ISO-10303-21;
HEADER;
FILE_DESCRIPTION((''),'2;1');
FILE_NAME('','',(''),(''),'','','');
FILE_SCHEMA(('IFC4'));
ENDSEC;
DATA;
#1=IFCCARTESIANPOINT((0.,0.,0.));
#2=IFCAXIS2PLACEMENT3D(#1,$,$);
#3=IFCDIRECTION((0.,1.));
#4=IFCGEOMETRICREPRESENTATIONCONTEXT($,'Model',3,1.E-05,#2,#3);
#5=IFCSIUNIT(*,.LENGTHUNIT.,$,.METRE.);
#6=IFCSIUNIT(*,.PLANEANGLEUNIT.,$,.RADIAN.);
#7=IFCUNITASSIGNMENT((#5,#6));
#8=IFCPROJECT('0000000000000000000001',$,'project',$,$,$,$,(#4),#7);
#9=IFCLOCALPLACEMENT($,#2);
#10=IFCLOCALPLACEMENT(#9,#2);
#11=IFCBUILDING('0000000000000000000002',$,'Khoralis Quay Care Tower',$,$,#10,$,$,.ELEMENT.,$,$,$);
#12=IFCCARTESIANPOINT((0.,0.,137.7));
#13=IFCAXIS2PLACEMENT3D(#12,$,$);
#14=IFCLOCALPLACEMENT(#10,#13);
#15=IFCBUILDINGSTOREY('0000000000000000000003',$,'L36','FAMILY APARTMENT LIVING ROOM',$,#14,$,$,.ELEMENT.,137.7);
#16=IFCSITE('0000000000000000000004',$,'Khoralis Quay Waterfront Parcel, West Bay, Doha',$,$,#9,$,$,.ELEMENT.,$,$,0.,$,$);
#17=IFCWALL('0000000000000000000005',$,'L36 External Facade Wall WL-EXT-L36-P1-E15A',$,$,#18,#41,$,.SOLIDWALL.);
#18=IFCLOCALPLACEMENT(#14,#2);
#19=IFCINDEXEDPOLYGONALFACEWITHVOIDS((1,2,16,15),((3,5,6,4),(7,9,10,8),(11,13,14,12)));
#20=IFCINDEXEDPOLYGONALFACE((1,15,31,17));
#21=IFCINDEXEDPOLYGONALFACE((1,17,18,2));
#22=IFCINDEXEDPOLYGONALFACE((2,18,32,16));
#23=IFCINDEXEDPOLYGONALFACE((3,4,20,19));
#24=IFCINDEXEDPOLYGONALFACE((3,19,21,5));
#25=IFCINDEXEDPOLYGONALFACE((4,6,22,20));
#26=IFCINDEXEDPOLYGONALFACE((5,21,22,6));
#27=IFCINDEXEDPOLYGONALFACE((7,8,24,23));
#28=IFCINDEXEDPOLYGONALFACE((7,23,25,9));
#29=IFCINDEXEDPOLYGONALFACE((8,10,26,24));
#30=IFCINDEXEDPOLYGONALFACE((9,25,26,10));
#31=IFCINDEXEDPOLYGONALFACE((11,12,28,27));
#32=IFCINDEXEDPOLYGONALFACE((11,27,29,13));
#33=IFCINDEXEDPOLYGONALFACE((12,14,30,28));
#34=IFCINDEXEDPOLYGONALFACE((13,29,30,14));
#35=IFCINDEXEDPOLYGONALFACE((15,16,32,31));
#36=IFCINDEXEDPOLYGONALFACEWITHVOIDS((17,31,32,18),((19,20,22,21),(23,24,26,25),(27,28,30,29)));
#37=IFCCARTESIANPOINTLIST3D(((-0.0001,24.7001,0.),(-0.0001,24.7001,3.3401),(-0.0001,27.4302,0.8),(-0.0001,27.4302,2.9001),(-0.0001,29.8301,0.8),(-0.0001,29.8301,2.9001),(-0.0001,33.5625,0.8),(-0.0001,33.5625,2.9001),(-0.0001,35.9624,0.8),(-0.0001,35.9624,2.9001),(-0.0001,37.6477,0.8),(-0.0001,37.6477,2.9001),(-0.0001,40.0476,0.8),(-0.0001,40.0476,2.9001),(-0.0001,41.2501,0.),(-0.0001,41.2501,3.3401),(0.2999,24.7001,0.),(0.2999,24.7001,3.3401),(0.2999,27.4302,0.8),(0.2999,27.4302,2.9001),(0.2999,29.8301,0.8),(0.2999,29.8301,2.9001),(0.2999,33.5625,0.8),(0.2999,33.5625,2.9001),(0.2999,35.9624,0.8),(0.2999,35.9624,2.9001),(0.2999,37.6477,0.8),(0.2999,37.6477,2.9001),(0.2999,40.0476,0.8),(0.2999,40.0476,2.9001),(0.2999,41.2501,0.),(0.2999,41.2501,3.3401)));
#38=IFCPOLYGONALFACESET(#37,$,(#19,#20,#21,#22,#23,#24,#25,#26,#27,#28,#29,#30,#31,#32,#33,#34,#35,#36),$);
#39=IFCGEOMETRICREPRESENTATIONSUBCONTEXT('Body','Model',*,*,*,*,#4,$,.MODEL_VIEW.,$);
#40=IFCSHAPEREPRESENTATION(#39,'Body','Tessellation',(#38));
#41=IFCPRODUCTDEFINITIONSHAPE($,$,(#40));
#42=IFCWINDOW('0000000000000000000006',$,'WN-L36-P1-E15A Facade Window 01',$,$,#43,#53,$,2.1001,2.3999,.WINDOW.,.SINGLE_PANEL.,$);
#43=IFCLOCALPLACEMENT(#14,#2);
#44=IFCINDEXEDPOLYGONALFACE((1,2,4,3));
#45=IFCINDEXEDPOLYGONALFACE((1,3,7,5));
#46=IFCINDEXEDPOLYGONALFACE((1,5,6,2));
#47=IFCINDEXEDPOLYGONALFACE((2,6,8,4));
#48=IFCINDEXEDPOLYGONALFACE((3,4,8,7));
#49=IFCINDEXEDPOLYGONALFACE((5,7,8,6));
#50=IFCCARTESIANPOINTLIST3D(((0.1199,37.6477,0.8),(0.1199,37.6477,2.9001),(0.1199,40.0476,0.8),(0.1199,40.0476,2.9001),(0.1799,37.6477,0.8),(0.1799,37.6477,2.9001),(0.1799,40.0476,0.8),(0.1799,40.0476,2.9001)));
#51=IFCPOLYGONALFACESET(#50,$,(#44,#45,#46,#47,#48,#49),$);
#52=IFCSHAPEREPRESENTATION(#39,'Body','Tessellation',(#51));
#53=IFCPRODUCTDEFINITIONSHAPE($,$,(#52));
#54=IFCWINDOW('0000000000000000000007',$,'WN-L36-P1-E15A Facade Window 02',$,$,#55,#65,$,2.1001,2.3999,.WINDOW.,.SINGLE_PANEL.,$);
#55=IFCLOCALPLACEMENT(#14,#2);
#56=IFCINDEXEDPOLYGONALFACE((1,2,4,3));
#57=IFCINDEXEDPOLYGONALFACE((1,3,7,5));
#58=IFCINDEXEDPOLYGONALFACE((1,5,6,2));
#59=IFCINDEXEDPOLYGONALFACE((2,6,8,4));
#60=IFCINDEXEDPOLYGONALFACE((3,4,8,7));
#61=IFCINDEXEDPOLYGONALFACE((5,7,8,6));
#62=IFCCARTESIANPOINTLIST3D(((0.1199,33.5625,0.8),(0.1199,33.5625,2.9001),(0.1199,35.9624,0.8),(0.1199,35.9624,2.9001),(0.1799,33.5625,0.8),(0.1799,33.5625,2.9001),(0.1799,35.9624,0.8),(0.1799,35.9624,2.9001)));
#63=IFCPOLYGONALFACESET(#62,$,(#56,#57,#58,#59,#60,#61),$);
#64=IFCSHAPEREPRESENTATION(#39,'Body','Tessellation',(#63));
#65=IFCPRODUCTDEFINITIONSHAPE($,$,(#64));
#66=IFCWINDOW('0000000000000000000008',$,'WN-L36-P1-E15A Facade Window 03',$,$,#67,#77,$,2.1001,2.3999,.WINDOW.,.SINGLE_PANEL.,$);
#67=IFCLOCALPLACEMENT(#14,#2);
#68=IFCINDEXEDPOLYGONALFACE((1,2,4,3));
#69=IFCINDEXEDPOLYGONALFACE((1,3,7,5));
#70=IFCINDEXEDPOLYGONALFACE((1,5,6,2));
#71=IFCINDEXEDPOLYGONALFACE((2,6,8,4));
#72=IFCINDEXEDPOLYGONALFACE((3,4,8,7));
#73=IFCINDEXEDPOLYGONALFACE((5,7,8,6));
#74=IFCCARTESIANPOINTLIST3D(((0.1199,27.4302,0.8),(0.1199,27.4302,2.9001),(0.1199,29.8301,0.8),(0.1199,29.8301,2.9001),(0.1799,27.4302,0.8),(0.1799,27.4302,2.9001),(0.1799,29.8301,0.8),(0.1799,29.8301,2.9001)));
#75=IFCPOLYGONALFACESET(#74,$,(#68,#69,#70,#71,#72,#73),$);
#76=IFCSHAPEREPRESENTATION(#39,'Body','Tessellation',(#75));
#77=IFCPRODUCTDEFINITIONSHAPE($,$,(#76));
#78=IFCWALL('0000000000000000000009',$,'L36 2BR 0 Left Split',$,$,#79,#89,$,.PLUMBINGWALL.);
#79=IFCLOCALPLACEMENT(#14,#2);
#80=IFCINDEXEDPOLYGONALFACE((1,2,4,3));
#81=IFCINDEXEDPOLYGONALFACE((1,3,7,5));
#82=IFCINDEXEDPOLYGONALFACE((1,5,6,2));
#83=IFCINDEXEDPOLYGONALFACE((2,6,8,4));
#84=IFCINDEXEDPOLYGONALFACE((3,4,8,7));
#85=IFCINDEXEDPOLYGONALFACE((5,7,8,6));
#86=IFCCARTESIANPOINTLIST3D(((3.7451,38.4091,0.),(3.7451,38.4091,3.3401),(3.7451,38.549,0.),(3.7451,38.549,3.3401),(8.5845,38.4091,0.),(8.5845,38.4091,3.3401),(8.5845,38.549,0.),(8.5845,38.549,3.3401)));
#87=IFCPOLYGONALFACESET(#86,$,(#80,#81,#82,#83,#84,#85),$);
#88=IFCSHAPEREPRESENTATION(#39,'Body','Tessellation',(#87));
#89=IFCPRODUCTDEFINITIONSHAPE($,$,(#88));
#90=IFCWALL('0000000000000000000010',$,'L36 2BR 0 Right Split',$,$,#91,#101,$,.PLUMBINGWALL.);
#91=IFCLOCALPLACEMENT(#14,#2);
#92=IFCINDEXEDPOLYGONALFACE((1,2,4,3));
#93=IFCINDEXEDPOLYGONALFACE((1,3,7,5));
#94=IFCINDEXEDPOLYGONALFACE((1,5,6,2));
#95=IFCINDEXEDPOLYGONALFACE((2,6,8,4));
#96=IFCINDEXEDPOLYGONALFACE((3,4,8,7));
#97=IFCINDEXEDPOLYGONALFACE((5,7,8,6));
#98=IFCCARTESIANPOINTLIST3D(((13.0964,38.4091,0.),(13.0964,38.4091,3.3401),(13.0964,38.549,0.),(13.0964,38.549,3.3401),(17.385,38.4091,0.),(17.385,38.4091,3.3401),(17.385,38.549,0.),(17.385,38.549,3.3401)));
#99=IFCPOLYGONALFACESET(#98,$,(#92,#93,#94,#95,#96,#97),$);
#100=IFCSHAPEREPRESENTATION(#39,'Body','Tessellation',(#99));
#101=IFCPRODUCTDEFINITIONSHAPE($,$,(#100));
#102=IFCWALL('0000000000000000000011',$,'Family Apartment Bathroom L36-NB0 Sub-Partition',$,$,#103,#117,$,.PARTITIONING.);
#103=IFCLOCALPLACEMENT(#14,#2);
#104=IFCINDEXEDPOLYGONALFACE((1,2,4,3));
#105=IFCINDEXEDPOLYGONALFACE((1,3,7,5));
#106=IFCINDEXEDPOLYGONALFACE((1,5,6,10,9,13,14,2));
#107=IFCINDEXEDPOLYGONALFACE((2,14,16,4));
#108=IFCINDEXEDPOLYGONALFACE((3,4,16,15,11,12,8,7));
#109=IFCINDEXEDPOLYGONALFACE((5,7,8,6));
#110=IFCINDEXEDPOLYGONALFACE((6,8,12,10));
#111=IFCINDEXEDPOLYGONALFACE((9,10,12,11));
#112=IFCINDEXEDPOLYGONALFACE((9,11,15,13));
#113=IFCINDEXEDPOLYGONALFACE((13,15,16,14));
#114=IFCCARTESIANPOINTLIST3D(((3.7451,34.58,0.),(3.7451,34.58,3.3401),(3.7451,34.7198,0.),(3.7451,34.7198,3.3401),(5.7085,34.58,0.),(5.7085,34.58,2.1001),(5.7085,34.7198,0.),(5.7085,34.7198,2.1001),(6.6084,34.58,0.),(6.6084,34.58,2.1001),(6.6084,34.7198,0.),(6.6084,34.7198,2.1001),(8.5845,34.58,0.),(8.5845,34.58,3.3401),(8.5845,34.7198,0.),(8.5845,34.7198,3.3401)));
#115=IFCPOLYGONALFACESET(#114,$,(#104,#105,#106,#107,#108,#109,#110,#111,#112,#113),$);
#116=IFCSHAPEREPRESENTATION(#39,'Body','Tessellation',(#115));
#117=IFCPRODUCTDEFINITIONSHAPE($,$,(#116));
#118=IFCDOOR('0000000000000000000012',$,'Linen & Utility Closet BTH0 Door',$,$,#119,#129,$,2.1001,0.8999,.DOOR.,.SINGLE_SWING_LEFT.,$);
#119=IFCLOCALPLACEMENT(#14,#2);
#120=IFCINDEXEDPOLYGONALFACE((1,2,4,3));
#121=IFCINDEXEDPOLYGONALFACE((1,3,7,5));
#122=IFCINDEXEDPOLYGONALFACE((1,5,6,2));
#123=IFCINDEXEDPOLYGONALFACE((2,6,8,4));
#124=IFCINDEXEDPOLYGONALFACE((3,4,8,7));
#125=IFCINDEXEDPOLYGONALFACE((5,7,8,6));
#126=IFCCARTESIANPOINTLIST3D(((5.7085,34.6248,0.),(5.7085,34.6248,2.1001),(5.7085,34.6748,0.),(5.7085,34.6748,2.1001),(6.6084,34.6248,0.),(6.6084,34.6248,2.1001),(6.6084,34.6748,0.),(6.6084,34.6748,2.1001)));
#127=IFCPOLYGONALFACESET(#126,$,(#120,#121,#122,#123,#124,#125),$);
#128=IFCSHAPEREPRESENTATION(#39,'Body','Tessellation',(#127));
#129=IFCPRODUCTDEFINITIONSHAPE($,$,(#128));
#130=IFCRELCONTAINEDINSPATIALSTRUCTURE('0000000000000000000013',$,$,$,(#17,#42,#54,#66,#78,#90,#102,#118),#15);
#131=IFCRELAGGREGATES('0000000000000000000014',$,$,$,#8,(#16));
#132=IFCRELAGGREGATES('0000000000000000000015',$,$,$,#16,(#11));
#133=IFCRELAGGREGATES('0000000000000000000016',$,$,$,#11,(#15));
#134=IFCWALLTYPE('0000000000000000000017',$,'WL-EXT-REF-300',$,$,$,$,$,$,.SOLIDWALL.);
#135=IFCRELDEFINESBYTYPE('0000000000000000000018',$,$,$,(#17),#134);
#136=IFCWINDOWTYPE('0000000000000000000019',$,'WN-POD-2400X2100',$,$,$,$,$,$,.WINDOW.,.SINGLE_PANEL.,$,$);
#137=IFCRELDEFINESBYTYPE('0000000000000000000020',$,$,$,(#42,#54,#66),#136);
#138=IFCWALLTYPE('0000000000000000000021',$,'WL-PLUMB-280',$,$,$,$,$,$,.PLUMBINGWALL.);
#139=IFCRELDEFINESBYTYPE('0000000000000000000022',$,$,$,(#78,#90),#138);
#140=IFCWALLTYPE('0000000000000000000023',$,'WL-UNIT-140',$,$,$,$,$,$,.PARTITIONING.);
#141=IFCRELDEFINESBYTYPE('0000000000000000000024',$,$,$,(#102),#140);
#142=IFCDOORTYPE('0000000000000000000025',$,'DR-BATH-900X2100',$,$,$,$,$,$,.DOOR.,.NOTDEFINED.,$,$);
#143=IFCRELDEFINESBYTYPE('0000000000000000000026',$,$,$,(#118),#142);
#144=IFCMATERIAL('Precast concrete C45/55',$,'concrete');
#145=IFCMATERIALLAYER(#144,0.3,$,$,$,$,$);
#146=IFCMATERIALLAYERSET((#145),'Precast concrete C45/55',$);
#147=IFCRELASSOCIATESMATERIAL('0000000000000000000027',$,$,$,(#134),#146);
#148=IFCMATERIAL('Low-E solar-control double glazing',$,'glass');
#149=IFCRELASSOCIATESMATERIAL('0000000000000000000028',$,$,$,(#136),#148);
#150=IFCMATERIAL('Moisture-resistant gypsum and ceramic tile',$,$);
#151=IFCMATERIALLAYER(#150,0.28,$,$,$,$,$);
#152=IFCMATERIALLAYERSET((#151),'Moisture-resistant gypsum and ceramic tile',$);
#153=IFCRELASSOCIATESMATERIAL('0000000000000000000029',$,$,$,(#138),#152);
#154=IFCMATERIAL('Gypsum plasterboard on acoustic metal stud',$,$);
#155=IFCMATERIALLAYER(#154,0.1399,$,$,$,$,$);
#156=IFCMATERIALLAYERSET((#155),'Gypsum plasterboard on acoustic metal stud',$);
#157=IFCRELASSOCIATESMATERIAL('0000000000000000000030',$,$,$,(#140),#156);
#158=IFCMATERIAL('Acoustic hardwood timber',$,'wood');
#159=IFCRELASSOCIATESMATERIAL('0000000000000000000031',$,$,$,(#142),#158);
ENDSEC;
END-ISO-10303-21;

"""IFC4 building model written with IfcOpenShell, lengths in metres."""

from ifc_helpers import new_model, si_unit, direction, frame, frame_2d, origin, place, context, subcontext, project, spatial, rectangle, extrude, source, transform, mapped, material, layer, layer_set, type_object, element, fill, save


model = new_model("IFC4")

# Units and contexts
model_context = context("Model", 3, precision=1e-05, world=origin(), true_north=direction((0.0, 1.0)))
body_context = subcontext(model_context, "Body", "Model", "MODEL_VIEW")
ifc_project = project(units=[si_unit("LENGTHUNIT", "METRE"), si_unit("PLANEANGLEUNIT", "RADIAN")], contexts=[model_context])

# Site, building, storey
site_placement = place(None, origin())
site = spatial("IfcSite", under=ifc_project, at=site_placement, Name="Khoralis Quay Waterfront Parcel, West Bay, Doha", CompositionType="ELEMENT", RefElevation=0.0)
building_placement = place(site_placement, origin())
building = spatial("IfcBuilding", under=site, at=building_placement, Name="Khoralis Quay Care Tower", CompositionType="ELEMENT")
storey_placement = place(building_placement, frame((0.0, 0.0, 137.7)))
storey = spatial("IfcBuildingStorey", under=building, at=storey_placement, Name="L36", Description="FAMILY APARTMENT LIVING ROOM", CompositionType="ELEMENT", Elevation=137.7)

# Shared definitions
ifc_material_1 = material(Name="Precast concrete C45/55", Category="concrete")
ifc_layer_1 = layer(ifc_material_1, 0.3)
ifc_layer_set_1 = layer_set([ifc_layer_1], Name="Precast concrete C45/55")
wall_type_1 = type_object("IfcWallType", Name="WL-EXT-REF-300", PredefinedType="SOLIDWALL", material=ifc_layer_set_1)

# Wall, openings, windows
wall_1_placement = place(storey_placement, frame((0.1499, 41.25, 0.0), z_axis=(0.0, 0.0, 1.0), x_axis=(0.0, -1.0, 0.0)))
wall_1 = element("IfcWall", 1, at=wall_1_placement, inside=storey, type_object=wall_type_1, Name="L36 External Facade Wall WL-EXT-L36-P1-E15A", PredefinedType="SOLIDWALL", context=body_context, shape_type="SweptSolid", body=[
    extrude(rectangle(XDim=16.55, YDim=0.3, at=frame_2d((8.2749, 0.0))), origin(), (0.0, 0.0, 1.0), 3.3401),
])
opening_1_placement = place(wall_1_placement, frame((1.2024, 0.0, 0.8)))
opening_1 = element("IfcOpeningElement", 2, at=opening_1_placement, cuts=wall_1, PredefinedType="OPENING", context=body_context, shape_type="SweptSolid", body=[
    extrude(rectangle(XDim=2.3999, YDim=2.1001, at=frame_2d((1.2, 1.05))), frame((0.0, 0.1602, 0.0), z_axis=(0.0, -1.0, 0.0), x_axis=(1.0, 0.0, 0.0)), (0.0, 0.0, 1.0), 0.3201),
])
opening_2_placement = place(wall_1_placement, frame((5.2876, 0.0, 0.8)))
opening_2 = element("IfcOpeningElement", 3, at=opening_2_placement, cuts=wall_1, PredefinedType="OPENING", context=body_context, shape_type="SweptSolid", body=[
    extrude(rectangle(XDim=2.3999, YDim=2.1001, at=frame_2d((1.2, 1.05))), frame((0.0, 0.1602, 0.0), z_axis=(0.0, -1.0, 0.0), x_axis=(1.0, 0.0, 0.0)), (0.0, 0.0, 1.0), 0.3201),
])
opening_3_placement = place(wall_1_placement, frame((11.4199, 0.0, 0.8)))
opening_3 = element("IfcOpeningElement", 4, at=opening_3_placement, cuts=wall_1, PredefinedType="OPENING", context=body_context, shape_type="SweptSolid", body=[
    extrude(rectangle(XDim=2.3999, YDim=2.1001, at=frame_2d((1.2, 1.05))), frame((0.0, 0.1602, 0.0), z_axis=(0.0, -1.0, 0.0), x_axis=(1.0, 0.0, 0.0)), (0.0, 0.0, 1.0), 0.3201),
])
ifc_material_2 = material(Name="Low-E solar-control double glazing", Category="glass")
window_type = type_object("IfcWindowType", Name="WN-POD-2400X2100", PartitioningType="SINGLE_PANEL", PredefinedType="WINDOW", material=ifc_material_2)
shared_shape_1 = source(origin(), body_context, "Body", "SweptSolid", [
    extrude(rectangle(XDim=2.3999, YDim=2.1001, at=frame_2d((1.2, 1.05))), frame((0.0, 0.03, 0.0), z_axis=(0.0, -1.0, 0.0), x_axis=(1.0, 0.0, 0.0)), (0.0, 0.0, 1.0), 0.0601),
])
window_1_placement = place(opening_1_placement, origin())
window_1 = element("IfcWindow", 5, at=window_1_placement, inside=storey, type_object=window_type, Name="WN-L36-P1-E15A Facade Window 01", OverallHeight=2.1001, OverallWidth=2.3999, PartitioningType="SINGLE_PANEL", PredefinedType="WINDOW", context=body_context, shape_type="MappedRepresentation", body=[
    mapped(shared_shape_1, transform((0.0, 0.0, 0.0), scale=1.0)),
])
fill(opening_1, window_1)
window_2_placement = place(opening_2_placement, origin())
window_2 = element("IfcWindow", 6, at=window_2_placement, inside=storey, type_object=window_type, Name="WN-L36-P1-E15A Facade Window 02", OverallHeight=2.1001, OverallWidth=2.3999, PartitioningType="SINGLE_PANEL", PredefinedType="WINDOW", context=body_context, shape_type="MappedRepresentation", body=[
    mapped(shared_shape_1, transform((0.0, 0.0, 0.0), scale=1.0)),
])
fill(opening_2, window_2)
window_3_placement = place(opening_3_placement, origin())
window_3 = element("IfcWindow", 7, at=window_3_placement, inside=storey, type_object=window_type, Name="WN-L36-P1-E15A Facade Window 03", OverallHeight=2.1001, OverallWidth=2.3999, PartitioningType="SINGLE_PANEL", PredefinedType="WINDOW", context=body_context, shape_type="MappedRepresentation", body=[
    mapped(shared_shape_1, transform((0.0, 0.0, 0.0), scale=1.0)),
])
fill(opening_3, window_3)

# Walls
ifc_material_3 = material(Name="Moisture-resistant gypsum and ceramic tile")
ifc_layer_2 = layer(ifc_material_3, 0.28)
ifc_layer_set_2 = layer_set([ifc_layer_2], Name="Moisture-resistant gypsum and ceramic tile")
wall_type_2 = type_object("IfcWallType", Name="WL-PLUMB-280", PredefinedType="PLUMBINGWALL", material=ifc_layer_set_2)
wall_2_placement = place(storey_placement, frame((3.7451, 38.479, 0.0), z_axis=(0.0, 0.0, 1.0), x_axis=(1.0, 0.0, 0.0)))
element("IfcWall", 8, at=wall_2_placement, inside=storey, type_object=wall_type_2, Name="L36 2BR 0 Left Split", PredefinedType="PLUMBINGWALL", context=body_context, shape_type="SweptSolid", body=[
    extrude(rectangle(XDim=4.8394, YDim=0.1399, at=frame_2d((2.4197, 0.0))), origin(), (0.0, 0.0, 1.0), 3.3401),
])
wall_3_placement = place(storey_placement, frame((13.0964, 38.479, 0.0), z_axis=(0.0, 0.0, 1.0), x_axis=(1.0, 0.0, 0.0)))
element("IfcWall", 9, at=wall_3_placement, inside=storey, type_object=wall_type_2, Name="L36 2BR 0 Right Split", PredefinedType="PLUMBINGWALL", context=body_context, shape_type="SweptSolid", body=[
    extrude(rectangle(XDim=4.2886, YDim=0.1399, at=frame_2d((2.1443, 0.0))), origin(), (0.0, 0.0, 1.0), 3.3401),
])

# Wall, opening, door
ifc_material_4 = material(Name="Gypsum plasterboard on acoustic metal stud")
ifc_layer_3 = layer(ifc_material_4, 0.1399)
ifc_layer_set_3 = layer_set([ifc_layer_3], Name="Gypsum plasterboard on acoustic metal stud")
wall_type_3 = type_object("IfcWallType", Name="WL-UNIT-140", PredefinedType="PARTITIONING", material=ifc_layer_set_3)
wall_4_placement = place(storey_placement, frame((3.7451, 34.6499, 0.0), z_axis=(0.0, 0.0, 1.0), x_axis=(1.0, 0.0, 0.0)))
wall_4 = element("IfcWall", 10, at=wall_4_placement, inside=storey, type_object=wall_type_3, Name="Family Apartment Bathroom L36-NB0 Sub-Partition", PredefinedType="PARTITIONING", context=body_context, shape_type="SweptSolid", body=[
    extrude(rectangle(XDim=4.8394, YDim=0.1399, at=frame_2d((2.4197, 0.0))), origin(), (0.0, 0.0, 1.0), 3.3401),
])
opening_4_placement = place(wall_4_placement, frame((1.9634, 0.0, 0.0)))
opening_4 = element("IfcOpeningElement", 11, at=opening_4_placement, cuts=wall_4, PredefinedType="OPENING", context=body_context, shape_type="SweptSolid", body=[
    extrude(rectangle(XDim=0.8999, YDim=2.1001, at=frame_2d((0.45, 1.05))), frame((0.0, 0.0801, 0.0), z_axis=(0.0, -1.0, 0.0), x_axis=(1.0, 0.0, 0.0)), (0.0, 0.0, 1.0), 0.1599),
])
ifc_material_5 = material(Name="Acoustic hardwood timber", Category="wood")
door_type = type_object("IfcDoorType", Name="DR-BATH-900X2100", OperationType="NOTDEFINED", PredefinedType="DOOR", material=ifc_material_5)
shared_shape_2 = source(origin(), body_context, "Body", "SweptSolid", [
    extrude(rectangle(XDim=0.8999, YDim=2.1001, at=frame_2d((0.45, 1.05))), frame((0.0, 0.0249, 0.0), z_axis=(0.0, -1.0, 0.0), x_axis=(1.0, 0.0, 0.0)), (0.0, 0.0, 1.0), 0.05),
])
door_placement = place(opening_4_placement, origin())
door = element("IfcDoor", 12, at=door_placement, inside=storey, type_object=door_type, Name="Linen & Utility Closet BTH0 Door", OperationType="SINGLE_SWING_LEFT", OverallHeight=2.1001, OverallWidth=0.8999, PredefinedType="DOOR", context=body_context, shape_type="MappedRepresentation", body=[
    mapped(shared_shape_2, transform((0.0, 0.0, 0.0), scale=1.0)),
])
fill(opening_4, door)

save(model, "model.ifc")
